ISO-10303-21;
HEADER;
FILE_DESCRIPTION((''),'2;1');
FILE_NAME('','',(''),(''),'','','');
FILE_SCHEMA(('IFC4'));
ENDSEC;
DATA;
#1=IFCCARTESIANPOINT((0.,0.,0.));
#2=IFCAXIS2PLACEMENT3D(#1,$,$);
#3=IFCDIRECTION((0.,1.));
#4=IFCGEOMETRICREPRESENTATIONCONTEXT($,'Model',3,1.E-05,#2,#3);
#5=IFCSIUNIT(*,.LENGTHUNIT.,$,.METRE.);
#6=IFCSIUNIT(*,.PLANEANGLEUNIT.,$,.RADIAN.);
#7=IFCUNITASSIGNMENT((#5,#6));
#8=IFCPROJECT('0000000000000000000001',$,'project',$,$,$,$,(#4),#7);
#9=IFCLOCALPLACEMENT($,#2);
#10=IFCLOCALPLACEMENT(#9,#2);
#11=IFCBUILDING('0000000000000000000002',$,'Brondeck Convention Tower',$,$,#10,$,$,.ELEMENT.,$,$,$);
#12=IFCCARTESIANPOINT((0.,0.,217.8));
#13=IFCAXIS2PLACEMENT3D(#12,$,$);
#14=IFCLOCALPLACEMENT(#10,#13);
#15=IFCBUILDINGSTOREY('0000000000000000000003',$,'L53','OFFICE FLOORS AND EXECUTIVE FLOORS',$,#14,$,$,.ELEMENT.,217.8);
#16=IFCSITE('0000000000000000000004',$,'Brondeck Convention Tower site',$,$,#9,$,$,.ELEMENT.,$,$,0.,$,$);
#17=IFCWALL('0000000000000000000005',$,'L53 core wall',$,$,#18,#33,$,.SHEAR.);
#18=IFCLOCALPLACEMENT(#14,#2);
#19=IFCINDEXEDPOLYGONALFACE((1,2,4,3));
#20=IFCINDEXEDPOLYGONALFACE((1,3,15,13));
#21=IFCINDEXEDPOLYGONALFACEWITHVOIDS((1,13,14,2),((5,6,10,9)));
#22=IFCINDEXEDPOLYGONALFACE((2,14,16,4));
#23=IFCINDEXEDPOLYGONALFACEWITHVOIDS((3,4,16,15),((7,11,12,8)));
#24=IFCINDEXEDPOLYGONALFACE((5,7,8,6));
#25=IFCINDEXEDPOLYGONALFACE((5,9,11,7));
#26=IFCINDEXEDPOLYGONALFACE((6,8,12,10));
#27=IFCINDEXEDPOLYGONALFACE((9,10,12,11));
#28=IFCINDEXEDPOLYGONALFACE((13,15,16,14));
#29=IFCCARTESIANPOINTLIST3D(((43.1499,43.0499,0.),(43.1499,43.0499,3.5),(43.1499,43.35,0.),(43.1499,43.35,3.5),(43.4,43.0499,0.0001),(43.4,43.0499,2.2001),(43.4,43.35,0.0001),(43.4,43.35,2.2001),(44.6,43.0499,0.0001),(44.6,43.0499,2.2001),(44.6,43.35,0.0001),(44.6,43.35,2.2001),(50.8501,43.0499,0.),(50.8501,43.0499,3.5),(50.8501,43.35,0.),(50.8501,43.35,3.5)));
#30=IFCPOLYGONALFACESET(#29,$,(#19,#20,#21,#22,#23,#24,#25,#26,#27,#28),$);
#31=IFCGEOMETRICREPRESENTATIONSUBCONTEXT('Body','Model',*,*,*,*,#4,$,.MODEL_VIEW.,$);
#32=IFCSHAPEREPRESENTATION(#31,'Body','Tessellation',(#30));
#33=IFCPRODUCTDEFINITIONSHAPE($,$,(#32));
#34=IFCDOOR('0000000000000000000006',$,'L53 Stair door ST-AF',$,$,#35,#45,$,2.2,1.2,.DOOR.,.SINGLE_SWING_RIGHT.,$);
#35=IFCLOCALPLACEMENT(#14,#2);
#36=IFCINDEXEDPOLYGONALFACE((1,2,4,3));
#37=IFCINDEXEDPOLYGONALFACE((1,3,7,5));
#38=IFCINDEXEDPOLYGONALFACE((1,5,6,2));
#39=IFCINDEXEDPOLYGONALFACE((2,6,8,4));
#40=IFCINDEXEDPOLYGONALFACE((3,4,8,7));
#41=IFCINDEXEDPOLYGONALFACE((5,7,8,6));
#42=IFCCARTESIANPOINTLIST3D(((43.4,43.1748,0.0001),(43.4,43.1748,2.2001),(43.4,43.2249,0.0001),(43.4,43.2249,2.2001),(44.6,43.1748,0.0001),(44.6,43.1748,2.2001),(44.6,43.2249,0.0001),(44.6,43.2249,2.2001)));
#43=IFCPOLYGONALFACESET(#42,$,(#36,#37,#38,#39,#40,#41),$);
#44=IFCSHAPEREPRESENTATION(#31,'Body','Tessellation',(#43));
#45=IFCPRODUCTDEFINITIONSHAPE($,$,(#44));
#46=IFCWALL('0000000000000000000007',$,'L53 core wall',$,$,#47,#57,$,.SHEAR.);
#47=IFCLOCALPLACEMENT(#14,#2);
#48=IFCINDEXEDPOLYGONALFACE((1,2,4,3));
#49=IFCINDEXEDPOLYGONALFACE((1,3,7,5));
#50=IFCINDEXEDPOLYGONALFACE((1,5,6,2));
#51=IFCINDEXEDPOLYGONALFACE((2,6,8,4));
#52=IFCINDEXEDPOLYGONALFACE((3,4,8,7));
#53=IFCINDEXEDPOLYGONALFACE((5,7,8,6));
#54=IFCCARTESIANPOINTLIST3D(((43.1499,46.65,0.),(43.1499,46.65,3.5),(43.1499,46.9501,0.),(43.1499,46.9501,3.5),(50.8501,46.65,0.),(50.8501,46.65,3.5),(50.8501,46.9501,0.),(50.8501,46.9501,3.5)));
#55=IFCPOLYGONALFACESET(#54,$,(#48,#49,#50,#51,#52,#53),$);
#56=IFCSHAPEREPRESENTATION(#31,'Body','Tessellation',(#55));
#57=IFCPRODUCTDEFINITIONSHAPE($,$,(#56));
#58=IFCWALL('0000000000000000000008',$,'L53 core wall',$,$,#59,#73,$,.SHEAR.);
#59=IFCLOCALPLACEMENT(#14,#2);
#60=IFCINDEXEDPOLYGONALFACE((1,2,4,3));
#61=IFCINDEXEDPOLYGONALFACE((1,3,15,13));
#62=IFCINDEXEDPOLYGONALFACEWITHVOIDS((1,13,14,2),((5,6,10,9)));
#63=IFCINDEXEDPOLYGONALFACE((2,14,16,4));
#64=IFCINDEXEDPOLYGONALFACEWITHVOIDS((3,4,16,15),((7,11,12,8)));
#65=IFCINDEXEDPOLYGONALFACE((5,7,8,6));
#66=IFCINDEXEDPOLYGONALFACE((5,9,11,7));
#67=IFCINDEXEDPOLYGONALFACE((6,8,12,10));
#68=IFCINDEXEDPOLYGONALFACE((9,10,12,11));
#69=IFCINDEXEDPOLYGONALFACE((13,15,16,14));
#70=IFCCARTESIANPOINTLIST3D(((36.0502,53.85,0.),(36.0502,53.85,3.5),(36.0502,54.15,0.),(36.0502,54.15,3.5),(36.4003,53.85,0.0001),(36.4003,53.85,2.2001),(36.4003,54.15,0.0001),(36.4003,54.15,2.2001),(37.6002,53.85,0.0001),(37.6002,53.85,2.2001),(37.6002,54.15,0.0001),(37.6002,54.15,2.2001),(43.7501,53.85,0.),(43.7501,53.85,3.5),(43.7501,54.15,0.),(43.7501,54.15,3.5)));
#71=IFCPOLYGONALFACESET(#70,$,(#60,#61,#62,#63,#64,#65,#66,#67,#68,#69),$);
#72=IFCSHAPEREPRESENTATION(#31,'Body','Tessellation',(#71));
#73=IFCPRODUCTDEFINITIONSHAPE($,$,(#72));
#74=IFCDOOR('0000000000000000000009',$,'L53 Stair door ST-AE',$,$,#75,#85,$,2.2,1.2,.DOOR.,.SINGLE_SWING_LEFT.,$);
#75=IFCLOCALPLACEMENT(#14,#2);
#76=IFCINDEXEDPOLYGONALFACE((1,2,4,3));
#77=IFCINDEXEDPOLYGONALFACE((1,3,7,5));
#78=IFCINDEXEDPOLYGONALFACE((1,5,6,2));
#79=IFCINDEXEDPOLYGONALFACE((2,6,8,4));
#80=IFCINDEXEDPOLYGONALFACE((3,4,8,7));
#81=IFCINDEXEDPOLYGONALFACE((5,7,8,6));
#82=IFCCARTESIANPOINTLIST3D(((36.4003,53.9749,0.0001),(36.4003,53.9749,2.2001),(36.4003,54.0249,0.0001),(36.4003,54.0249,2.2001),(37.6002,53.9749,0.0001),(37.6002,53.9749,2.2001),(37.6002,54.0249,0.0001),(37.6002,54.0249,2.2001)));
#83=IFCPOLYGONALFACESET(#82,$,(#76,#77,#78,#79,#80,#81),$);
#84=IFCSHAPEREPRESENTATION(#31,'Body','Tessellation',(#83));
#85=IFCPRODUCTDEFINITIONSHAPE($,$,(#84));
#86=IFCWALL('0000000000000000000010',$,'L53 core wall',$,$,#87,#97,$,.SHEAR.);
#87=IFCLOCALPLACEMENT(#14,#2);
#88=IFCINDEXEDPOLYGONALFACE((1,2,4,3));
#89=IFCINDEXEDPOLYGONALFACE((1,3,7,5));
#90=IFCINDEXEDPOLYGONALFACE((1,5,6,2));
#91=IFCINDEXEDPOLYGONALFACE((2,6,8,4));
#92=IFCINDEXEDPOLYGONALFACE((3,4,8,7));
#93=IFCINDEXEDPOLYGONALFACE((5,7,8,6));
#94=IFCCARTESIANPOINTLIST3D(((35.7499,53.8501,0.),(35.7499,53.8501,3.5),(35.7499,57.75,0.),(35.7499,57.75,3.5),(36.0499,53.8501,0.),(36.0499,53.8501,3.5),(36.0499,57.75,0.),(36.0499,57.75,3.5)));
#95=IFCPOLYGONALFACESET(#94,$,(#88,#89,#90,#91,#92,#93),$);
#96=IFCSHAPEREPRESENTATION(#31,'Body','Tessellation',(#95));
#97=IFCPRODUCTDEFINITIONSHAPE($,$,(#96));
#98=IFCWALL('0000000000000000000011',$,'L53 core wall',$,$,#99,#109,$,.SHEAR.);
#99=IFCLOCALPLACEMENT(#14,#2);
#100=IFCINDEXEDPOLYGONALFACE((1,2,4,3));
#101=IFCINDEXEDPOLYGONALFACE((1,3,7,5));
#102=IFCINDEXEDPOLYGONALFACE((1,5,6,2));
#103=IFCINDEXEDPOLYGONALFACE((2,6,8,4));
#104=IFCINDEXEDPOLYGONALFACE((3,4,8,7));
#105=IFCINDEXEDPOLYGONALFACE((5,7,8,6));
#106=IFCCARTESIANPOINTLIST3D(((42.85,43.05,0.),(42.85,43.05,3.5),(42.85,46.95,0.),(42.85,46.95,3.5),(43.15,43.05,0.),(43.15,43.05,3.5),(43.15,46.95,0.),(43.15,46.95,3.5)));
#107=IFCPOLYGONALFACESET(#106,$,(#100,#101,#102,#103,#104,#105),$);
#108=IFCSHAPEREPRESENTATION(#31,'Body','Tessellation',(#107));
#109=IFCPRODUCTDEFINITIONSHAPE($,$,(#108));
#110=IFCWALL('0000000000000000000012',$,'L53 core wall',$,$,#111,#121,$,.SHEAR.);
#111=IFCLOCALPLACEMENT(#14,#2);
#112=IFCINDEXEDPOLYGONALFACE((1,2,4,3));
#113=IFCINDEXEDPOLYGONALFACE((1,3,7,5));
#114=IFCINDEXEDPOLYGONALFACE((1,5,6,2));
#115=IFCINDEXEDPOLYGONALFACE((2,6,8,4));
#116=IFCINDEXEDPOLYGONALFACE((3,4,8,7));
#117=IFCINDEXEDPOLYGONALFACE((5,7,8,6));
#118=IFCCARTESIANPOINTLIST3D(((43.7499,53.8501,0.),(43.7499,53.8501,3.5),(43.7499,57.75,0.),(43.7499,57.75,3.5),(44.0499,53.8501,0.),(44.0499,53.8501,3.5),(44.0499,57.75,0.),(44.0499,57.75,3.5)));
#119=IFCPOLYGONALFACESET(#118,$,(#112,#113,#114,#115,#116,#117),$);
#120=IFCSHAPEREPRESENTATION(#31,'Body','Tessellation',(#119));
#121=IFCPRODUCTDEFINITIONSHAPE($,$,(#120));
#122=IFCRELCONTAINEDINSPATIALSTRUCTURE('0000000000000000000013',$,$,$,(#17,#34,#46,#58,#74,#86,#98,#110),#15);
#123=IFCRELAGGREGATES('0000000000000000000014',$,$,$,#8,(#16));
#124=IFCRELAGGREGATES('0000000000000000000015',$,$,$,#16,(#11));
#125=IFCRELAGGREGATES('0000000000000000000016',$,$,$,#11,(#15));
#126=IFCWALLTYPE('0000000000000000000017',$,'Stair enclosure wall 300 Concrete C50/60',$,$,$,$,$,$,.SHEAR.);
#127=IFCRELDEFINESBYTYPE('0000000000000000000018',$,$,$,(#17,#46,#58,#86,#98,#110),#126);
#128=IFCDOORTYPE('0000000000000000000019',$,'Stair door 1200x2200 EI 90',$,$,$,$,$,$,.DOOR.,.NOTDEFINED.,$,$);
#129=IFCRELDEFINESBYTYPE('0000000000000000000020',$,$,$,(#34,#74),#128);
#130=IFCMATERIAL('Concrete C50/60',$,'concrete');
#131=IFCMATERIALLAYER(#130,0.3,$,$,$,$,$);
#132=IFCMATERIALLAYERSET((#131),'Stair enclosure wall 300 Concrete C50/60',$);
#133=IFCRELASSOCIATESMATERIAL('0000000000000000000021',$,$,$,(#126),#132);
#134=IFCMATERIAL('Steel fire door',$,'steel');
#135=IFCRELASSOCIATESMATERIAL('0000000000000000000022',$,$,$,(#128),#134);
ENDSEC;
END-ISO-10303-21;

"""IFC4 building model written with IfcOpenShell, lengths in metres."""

from ifc_helpers import new_model, si_unit, direction, frame, frame_2d, origin, place, context, subcontext, project, spatial, rectangle, extrude, material, layer, layer_set, type_object, element, fill, save


model = new_model("IFC4")

# Units and contexts
model_context = context("Model", 3, precision=1e-05, world=origin(), true_north=direction((0.0, 1.0)))
body_context = subcontext(model_context, "Body", "Model", "MODEL_VIEW")
ifc_project = project(units=[si_unit("LENGTHUNIT", "METRE"), si_unit("PLANEANGLEUNIT", "RADIAN")], contexts=[model_context])

# Site, building, storey
site_placement = place(None, origin())
site = spatial("IfcSite", under=ifc_project, at=site_placement, Name="Brondeck Convention Tower site", CompositionType="ELEMENT", RefElevation=0.0)
building_placement = place(site_placement, origin())
building = spatial("IfcBuilding", under=site, at=building_placement, Name="Brondeck Convention Tower", CompositionType="ELEMENT")
storey_placement = place(building_placement, frame((0.0, 0.0, 217.8)))
storey = spatial("IfcBuildingStorey", under=building, at=storey_placement, Name="L53", Description="OFFICE FLOORS AND EXECUTIVE FLOORS", CompositionType="ELEMENT", Elevation=217.8)

# Shared definitions
ifc_material_1 = material(Name="Concrete C50/60", Category="concrete")

# Wall, opening, door
ifc_layer_1 = layer(ifc_material_1, 0.3)
ifc_layer_set_1 = layer_set([ifc_layer_1], Name="Stair enclosure wall 300 Concrete C50/60")
wall_type_1 = type_object("IfcWallType", Name="Stair enclosure wall 300 Concrete C50/60", PredefinedType="SHEAR", material=ifc_layer_set_1)
wall_1_placement = place(storey_placement, frame((43.1499, 43.2, 0.0), z_axis=(0.0, 0.0, 1.0), x_axis=(1.0, 0.0, 0.0)))
wall_1 = element("IfcWall", 1, at=wall_1_placement, inside=storey, type_object=wall_type_1, Name="L53 core wall", PredefinedType="SHEAR", context=body_context, shape_type="SweptSolid", body=[
    extrude(rectangle(XDim=7.7002, YDim=0.3, at=frame_2d((3.8501, 0.0))), origin(), (0.0, 0.0, 1.0), 3.5),
])
opening_1_placement = place(wall_1_placement, frame((0.25, 0.0, 0.0)))
opening_1 = element("IfcOpeningElement", 2, at=opening_1_placement, cuts=wall_1, PredefinedType="OPENING", context=body_context, shape_type="SweptSolid", body=[
    extrude(rectangle(XDim=1.2, YDim=2.2, at=frame_2d((0.6001, 1.1001))), frame((0.0, 0.1599, 0.0), z_axis=(0.0, -1.0, 0.0), x_axis=(1.0, 0.0, 0.0)), (0.0, 0.0, 1.0), 0.3201),
])
ifc_material_2 = material(Name="Steel fire door", Category="steel")
door_type_1 = type_object("IfcDoorType", Name="Stair door 1200x2200 EI 90", OperationType="NOTDEFINED", PredefinedType="DOOR", material=ifc_material_2)
door_1_placement = place(opening_1_placement, origin())
door_1 = element("IfcDoor", 3, at=door_1_placement, inside=storey, type_object=door_type_1, Name="L53 Stair door ST-AF", OperationType="SINGLE_SWING_RIGHT", OverallHeight=2.2, OverallWidth=1.2, PredefinedType="DOOR", context=body_context, shape_type="SweptSolid", body=[
    extrude(rectangle(XDim=1.2, YDim=2.2, at=frame_2d((0.6001, 1.1001))), frame((0.0, 0.0249, 0.0), z_axis=(0.0, -1.0, 0.0), x_axis=(1.0, 0.0, 0.0)), (0.0, 0.0, 1.0), 0.05),
])
fill(opening_1, door_1)

# Wall
wall_2_placement = place(storey_placement, frame((43.1499, 46.8, 0.0), z_axis=(0.0, 0.0, 1.0), x_axis=(1.0, 0.0, 0.0)))
element("IfcWall", 4, at=wall_2_placement, inside=storey, type_object=wall_type_1, Name="L53 core wall", PredefinedType="SHEAR", context=body_context, shape_type="SweptSolid", body=[
    extrude(rectangle(XDim=7.7002, YDim=0.3, at=frame_2d((3.8501, 0.0))), origin(), (0.0, 0.0, 1.0), 3.5),
])

# Wall, opening, door
wall_3_placement = place(storey_placement, frame((36.05, 54.0, 0.0), z_axis=(0.0, 0.0, 1.0), x_axis=(1.0, 0.0, 0.0)))
wall_3 = element("IfcWall", 5, at=wall_3_placement, inside=storey, type_object=wall_type_1, Name="L53 core wall", PredefinedType="SHEAR", context=body_context, shape_type="SweptSolid", body=[
    extrude(rectangle(XDim=7.7, YDim=0.3, at=frame_2d((3.8501, 0.0))), origin(), (0.0, 0.0, 1.0), 3.5),
])
opening_2_placement = place(wall_3_placement, frame((0.3501, 0.0, 0.0)))
opening_2 = element("IfcOpeningElement", 6, at=opening_2_placement, cuts=wall_3, PredefinedType="OPENING", context=body_context, shape_type="SweptSolid", body=[
    extrude(rectangle(XDim=1.2, YDim=2.2, at=frame_2d((0.6001, 1.1001))), frame((0.0, 0.1599, 0.0), z_axis=(0.0, -1.0, 0.0), x_axis=(1.0, 0.0, 0.0)), (0.0, 0.0, 1.0), 0.3201),
])
door_2_placement = place(opening_2_placement, origin())
door_2 = element("IfcDoor", 7, at=door_2_placement, inside=storey, type_object=door_type_1, Name="L53 Stair door ST-AE", OperationType="SINGLE_SWING_LEFT", OverallHeight=2.2, OverallWidth=1.2, PredefinedType="DOOR", context=body_context, shape_type="SweptSolid", body=[
    extrude(rectangle(XDim=1.2, YDim=2.2, at=frame_2d((0.6001, 1.1001))), frame((0.0, 0.0249, 0.0), z_axis=(0.0, -1.0, 0.0), x_axis=(1.0, 0.0, 0.0)), (0.0, 0.0, 1.0), 0.05),
])
fill(opening_2, door_2)

# Walls
for number, where, z_axis, x_axis, name in (
    (8, (35.8999, 53.8501, 0.0), (0.0, 0.0, 1.0), (0.0, 1.0, 0.0), "L53 core wall"),
    (9, (43.0, 43.05, 0.0), (0.0, 0.0, 1.0), (0.0, 1.0, 0.0), "L53 core wall"),
    (10, (43.8999, 53.8501, 0.0), (0.0, 0.0, 1.0), (0.0, 1.0, 0.0), "L53 core wall"),
):
    element("IfcWall", number, at=place(storey_placement, frame(where, z_axis=z_axis, x_axis=x_axis)), inside=storey, type_object=wall_type_1, Name=name, PredefinedType="SHEAR", context=body_context, shape_type="SweptSolid", body=[
        extrude(rectangle(XDim=3.8999, YDim=0.3, at=frame_2d((1.95, 0.0))), origin(), (0.0, 0.0, 1.0), 3.5),
    ])

save(model, "model.ifc")
